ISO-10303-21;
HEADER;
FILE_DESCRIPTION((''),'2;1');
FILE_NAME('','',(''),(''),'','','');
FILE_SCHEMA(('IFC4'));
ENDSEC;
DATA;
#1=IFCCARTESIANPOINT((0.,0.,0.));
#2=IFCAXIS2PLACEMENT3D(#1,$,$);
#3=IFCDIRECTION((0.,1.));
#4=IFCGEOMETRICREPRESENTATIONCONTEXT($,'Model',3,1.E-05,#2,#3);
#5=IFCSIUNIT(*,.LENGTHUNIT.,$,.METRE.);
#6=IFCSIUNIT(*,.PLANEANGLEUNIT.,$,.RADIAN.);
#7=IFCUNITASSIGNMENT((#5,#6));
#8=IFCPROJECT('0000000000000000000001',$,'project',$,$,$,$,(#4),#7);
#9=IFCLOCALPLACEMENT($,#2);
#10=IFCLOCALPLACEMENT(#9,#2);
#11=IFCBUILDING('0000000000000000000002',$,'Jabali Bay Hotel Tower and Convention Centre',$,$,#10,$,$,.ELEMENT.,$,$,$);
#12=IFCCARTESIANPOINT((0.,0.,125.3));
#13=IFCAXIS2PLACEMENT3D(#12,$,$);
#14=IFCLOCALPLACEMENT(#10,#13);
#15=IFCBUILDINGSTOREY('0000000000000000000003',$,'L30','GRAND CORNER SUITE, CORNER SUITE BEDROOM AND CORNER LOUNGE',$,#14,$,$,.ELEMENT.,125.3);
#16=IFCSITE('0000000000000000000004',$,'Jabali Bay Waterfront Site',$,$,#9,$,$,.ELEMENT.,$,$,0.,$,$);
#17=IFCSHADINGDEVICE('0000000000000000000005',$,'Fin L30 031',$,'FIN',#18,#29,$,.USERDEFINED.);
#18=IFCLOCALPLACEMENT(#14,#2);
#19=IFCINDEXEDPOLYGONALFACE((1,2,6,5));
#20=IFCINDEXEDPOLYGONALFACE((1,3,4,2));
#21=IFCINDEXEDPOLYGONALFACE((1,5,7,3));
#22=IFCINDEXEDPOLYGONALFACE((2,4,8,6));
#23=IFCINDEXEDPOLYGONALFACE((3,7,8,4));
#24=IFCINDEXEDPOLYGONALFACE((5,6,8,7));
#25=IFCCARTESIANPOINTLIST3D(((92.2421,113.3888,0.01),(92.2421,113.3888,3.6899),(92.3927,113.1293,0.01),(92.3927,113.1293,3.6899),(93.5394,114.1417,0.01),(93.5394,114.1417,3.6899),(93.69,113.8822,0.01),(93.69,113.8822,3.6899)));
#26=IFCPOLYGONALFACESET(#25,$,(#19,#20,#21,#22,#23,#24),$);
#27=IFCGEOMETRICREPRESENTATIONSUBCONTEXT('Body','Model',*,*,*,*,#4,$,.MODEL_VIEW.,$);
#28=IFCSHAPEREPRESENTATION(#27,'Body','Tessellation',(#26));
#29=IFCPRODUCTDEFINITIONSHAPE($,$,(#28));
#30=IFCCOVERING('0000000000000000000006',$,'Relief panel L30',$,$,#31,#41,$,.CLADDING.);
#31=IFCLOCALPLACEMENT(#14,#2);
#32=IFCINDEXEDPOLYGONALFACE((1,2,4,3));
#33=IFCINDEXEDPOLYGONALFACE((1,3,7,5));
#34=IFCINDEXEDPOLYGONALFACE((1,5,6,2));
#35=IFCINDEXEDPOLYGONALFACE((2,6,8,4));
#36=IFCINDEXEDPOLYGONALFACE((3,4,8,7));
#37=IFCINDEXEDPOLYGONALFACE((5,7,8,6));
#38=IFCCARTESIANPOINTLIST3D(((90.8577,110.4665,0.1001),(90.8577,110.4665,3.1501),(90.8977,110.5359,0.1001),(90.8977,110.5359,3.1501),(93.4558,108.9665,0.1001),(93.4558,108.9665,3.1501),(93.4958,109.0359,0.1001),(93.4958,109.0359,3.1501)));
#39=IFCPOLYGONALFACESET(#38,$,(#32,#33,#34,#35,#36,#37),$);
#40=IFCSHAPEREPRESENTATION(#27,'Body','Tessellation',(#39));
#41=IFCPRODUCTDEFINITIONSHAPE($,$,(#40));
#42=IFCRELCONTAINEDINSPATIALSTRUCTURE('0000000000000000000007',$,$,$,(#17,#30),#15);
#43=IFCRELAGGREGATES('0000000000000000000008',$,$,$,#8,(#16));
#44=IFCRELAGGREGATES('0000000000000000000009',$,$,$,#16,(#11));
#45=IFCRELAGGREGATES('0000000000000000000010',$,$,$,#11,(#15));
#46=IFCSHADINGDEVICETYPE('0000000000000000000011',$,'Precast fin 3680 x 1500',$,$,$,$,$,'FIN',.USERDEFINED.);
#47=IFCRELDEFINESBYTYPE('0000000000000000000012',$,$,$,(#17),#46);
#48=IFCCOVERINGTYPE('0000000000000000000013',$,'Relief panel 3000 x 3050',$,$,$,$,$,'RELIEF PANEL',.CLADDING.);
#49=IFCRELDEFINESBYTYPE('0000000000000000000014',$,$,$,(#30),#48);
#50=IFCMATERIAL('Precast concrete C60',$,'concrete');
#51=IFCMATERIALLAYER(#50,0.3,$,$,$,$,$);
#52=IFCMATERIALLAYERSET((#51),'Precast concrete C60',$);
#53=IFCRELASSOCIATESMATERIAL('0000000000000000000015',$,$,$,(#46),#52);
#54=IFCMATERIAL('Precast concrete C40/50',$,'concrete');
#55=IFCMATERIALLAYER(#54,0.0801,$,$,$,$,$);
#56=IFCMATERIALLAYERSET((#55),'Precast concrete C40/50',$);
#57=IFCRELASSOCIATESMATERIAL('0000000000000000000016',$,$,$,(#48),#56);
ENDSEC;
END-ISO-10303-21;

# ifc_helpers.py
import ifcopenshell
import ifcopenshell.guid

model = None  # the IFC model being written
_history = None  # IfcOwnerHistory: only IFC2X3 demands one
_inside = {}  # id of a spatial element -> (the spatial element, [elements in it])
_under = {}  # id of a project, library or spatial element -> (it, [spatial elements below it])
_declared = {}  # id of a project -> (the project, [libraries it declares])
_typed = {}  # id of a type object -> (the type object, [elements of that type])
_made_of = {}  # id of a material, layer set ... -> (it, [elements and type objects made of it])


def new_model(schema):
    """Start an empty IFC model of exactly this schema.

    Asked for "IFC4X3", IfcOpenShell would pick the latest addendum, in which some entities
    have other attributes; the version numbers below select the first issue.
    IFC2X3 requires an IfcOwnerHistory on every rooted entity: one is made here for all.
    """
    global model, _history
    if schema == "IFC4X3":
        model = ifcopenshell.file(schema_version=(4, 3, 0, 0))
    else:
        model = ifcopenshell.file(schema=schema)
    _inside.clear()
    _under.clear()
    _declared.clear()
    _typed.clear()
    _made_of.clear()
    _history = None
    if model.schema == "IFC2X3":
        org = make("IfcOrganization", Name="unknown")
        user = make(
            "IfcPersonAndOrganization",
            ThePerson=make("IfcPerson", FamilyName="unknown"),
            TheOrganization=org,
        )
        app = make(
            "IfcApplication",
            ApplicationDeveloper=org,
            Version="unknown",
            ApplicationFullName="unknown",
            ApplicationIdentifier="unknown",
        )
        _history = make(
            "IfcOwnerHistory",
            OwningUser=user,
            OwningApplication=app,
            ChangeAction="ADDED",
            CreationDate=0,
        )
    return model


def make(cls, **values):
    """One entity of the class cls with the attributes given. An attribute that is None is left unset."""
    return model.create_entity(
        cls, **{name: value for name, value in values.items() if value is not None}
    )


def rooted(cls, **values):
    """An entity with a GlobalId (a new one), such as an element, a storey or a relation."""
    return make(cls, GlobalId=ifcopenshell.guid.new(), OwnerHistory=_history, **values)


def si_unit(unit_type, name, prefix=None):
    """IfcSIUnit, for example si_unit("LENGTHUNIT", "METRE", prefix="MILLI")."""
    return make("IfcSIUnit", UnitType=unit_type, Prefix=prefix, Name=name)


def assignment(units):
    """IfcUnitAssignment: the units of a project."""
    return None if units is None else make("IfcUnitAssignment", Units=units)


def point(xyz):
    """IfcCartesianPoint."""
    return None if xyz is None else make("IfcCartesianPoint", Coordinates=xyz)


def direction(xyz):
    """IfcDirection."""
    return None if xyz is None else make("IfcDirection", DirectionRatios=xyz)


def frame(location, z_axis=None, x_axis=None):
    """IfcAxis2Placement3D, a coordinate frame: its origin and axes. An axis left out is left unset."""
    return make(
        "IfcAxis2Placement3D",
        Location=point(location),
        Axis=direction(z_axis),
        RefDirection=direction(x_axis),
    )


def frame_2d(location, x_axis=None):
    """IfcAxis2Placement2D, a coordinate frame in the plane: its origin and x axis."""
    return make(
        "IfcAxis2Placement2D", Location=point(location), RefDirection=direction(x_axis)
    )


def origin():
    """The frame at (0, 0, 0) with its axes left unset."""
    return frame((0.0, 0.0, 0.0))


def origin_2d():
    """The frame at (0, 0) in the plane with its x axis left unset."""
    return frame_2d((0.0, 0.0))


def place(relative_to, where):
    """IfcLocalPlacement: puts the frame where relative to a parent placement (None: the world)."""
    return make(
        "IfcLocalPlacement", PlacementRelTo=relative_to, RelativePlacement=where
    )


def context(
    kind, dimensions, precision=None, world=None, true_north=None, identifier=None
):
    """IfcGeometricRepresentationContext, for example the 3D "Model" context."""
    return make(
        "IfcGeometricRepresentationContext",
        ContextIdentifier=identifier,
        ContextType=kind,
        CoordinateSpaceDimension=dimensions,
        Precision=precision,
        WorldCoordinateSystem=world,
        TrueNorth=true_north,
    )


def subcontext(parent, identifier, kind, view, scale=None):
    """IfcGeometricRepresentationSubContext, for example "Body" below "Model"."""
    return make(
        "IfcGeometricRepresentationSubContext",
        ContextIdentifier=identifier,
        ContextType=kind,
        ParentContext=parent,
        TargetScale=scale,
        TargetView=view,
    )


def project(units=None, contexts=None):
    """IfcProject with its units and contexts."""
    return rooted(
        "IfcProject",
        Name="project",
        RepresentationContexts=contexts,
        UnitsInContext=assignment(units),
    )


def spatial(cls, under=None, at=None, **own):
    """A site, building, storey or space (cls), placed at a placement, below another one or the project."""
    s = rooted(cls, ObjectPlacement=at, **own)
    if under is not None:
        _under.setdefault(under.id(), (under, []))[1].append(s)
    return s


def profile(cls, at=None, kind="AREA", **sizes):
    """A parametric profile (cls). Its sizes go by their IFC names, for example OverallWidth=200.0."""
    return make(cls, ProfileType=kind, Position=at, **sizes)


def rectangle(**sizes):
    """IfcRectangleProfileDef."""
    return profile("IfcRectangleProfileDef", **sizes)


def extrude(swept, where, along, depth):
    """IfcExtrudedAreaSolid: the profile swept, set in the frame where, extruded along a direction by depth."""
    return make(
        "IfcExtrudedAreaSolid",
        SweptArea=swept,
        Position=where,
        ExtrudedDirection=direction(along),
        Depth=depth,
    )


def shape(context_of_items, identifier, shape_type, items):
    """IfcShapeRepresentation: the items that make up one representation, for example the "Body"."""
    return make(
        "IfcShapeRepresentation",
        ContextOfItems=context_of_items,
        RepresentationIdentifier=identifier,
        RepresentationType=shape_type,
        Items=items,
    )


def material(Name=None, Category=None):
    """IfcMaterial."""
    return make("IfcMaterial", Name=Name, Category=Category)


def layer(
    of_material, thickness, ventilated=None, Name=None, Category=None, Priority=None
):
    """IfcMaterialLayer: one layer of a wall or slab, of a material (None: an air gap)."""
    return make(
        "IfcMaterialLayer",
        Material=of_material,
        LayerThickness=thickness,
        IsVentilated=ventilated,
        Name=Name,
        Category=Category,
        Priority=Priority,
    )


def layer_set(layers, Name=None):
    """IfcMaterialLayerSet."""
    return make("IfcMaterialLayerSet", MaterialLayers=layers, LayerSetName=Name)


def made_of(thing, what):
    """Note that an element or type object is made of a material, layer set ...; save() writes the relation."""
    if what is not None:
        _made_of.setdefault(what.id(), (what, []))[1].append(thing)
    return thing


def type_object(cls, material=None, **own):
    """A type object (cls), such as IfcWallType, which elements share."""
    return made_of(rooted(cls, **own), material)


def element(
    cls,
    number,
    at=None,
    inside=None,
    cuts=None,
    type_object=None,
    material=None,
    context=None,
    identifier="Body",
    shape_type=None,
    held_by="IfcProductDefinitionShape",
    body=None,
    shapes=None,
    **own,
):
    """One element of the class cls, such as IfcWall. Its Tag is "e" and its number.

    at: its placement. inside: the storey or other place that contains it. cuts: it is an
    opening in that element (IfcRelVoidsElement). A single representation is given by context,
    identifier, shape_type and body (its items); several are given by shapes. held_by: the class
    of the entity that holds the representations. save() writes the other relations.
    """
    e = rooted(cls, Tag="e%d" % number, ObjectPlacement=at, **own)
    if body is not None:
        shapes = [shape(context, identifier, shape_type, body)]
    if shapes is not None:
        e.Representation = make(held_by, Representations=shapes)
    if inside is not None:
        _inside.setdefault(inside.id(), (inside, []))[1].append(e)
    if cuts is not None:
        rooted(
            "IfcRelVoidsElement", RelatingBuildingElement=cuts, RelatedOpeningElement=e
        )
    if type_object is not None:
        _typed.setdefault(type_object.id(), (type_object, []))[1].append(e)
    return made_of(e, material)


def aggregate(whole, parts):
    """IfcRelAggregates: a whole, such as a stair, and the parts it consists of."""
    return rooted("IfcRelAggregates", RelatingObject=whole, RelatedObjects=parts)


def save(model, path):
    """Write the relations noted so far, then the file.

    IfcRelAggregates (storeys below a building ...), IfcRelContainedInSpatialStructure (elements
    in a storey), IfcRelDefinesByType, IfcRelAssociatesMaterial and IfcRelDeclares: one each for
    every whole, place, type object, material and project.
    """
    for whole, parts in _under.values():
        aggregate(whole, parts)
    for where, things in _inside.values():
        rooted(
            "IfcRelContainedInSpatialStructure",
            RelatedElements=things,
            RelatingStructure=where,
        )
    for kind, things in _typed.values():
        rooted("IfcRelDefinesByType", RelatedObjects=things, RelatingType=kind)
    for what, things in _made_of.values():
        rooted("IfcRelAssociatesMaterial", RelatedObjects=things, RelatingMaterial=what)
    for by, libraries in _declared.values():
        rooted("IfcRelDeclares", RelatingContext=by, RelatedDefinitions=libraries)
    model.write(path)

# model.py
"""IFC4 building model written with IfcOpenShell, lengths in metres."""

from ifc_helpers import new_model, si_unit, direction, frame, frame_2d, origin, origin_2d, place, context, subcontext, project, spatial, rectangle, extrude, material, layer, layer_set, type_object, element, save


model = new_model("IFC4")

# Units and contexts
model_context = context("Model", 3, precision=1e-05, world=origin(), true_north=direction((0.0, 1.0)))
body_context = subcontext(model_context, "Body", "Model", "MODEL_VIEW")
ifc_project = project(units=[si_unit("LENGTHUNIT", "METRE"), si_unit("PLANEANGLEUNIT", "RADIAN")], contexts=[model_context])

# Site, building, storey
site_placement = place(None, origin())
site = spatial("IfcSite", under=ifc_project, at=site_placement, Name="Jabali Bay Waterfront Site", CompositionType="ELEMENT", RefElevation=0.0)
building_placement = place(site_placement, origin())
building = spatial("IfcBuilding", under=site, at=building_placement, Name="Jabali Bay Hotel Tower and Convention Centre", CompositionType="ELEMENT")
storey_placement = place(building_placement, frame((0.0, 0.0, 125.3)))
storey = spatial("IfcBuildingStorey", under=building, at=storey_placement, Name="L30", Description="GRAND CORNER SUITE, CORNER SUITE BEDROOM AND CORNER LOUNGE", CompositionType="ELEMENT", Elevation=125.3)

# Shading device
ifc_material_1 = material(Name="Precast concrete C60", Category="concrete")
ifc_layer_1 = layer(ifc_material_1, 0.3)
ifc_layer_set_1 = layer_set([ifc_layer_1], Name="Precast concrete C60")
shading_device_type_1 = type_object("IfcShadingDeviceType", Name="Precast fin 3680 x 1500", ElementType="FIN", PredefinedType="USERDEFINED", material=ifc_layer_set_1)
for number, where, z_axis, x_axis, name in (
    (1, (92.3174, 113.259, 0.01), (0.0, 0.0, 1.0), (0.864898, 0.501947, 0.0), "Fin L30 031"),
):
    element("IfcShadingDevice", number, at=place(storey_placement, frame(where, z_axis=z_axis, x_axis=x_axis)), inside=storey, type_object=shading_device_type_1, Name=name, ObjectType="FIN", PredefinedType="USERDEFINED", context=body_context, shape_type="SweptSolid", body=[
        extrude(rectangle(XDim=1.5, YDim=0.3, at=frame_2d((0.75, 0.0))), origin(), (0.0, 0.0, 1.0), 3.6799),
    ])

# Covering
ifc_material_2 = material(Name="Precast concrete C40/50", Category="concrete")
ifc_layer_2 = layer(ifc_material_2, 0.0801)
ifc_layer_set_2 = layer_set([ifc_layer_2], Name="Precast concrete C40/50")
covering_type = type_object("IfcCoveringType", Name="Relief panel 3000 x 3050", ElementType="RELIEF PANEL", PredefinedType="CLADDING", material=ifc_layer_set_2)
covering_placement = place(storey_placement, frame((92.1768, 109.7512, 0.1001), z_axis=(0.0, 0.0, 1.0), x_axis=(0.866025, -0.5, 0.0)))
element("IfcCovering", 2, at=covering_placement, inside=storey, type_object=covering_type, Name="Relief panel L30", PredefinedType="CLADDING", context=body_context, shape_type="SweptSolid", body=[
    extrude(rectangle(XDim=3.0, YDim=0.0801, at=origin_2d()), origin(), (0.0, 0.0, 1.0), 3.05),
])

save(model, "model.ifc")
